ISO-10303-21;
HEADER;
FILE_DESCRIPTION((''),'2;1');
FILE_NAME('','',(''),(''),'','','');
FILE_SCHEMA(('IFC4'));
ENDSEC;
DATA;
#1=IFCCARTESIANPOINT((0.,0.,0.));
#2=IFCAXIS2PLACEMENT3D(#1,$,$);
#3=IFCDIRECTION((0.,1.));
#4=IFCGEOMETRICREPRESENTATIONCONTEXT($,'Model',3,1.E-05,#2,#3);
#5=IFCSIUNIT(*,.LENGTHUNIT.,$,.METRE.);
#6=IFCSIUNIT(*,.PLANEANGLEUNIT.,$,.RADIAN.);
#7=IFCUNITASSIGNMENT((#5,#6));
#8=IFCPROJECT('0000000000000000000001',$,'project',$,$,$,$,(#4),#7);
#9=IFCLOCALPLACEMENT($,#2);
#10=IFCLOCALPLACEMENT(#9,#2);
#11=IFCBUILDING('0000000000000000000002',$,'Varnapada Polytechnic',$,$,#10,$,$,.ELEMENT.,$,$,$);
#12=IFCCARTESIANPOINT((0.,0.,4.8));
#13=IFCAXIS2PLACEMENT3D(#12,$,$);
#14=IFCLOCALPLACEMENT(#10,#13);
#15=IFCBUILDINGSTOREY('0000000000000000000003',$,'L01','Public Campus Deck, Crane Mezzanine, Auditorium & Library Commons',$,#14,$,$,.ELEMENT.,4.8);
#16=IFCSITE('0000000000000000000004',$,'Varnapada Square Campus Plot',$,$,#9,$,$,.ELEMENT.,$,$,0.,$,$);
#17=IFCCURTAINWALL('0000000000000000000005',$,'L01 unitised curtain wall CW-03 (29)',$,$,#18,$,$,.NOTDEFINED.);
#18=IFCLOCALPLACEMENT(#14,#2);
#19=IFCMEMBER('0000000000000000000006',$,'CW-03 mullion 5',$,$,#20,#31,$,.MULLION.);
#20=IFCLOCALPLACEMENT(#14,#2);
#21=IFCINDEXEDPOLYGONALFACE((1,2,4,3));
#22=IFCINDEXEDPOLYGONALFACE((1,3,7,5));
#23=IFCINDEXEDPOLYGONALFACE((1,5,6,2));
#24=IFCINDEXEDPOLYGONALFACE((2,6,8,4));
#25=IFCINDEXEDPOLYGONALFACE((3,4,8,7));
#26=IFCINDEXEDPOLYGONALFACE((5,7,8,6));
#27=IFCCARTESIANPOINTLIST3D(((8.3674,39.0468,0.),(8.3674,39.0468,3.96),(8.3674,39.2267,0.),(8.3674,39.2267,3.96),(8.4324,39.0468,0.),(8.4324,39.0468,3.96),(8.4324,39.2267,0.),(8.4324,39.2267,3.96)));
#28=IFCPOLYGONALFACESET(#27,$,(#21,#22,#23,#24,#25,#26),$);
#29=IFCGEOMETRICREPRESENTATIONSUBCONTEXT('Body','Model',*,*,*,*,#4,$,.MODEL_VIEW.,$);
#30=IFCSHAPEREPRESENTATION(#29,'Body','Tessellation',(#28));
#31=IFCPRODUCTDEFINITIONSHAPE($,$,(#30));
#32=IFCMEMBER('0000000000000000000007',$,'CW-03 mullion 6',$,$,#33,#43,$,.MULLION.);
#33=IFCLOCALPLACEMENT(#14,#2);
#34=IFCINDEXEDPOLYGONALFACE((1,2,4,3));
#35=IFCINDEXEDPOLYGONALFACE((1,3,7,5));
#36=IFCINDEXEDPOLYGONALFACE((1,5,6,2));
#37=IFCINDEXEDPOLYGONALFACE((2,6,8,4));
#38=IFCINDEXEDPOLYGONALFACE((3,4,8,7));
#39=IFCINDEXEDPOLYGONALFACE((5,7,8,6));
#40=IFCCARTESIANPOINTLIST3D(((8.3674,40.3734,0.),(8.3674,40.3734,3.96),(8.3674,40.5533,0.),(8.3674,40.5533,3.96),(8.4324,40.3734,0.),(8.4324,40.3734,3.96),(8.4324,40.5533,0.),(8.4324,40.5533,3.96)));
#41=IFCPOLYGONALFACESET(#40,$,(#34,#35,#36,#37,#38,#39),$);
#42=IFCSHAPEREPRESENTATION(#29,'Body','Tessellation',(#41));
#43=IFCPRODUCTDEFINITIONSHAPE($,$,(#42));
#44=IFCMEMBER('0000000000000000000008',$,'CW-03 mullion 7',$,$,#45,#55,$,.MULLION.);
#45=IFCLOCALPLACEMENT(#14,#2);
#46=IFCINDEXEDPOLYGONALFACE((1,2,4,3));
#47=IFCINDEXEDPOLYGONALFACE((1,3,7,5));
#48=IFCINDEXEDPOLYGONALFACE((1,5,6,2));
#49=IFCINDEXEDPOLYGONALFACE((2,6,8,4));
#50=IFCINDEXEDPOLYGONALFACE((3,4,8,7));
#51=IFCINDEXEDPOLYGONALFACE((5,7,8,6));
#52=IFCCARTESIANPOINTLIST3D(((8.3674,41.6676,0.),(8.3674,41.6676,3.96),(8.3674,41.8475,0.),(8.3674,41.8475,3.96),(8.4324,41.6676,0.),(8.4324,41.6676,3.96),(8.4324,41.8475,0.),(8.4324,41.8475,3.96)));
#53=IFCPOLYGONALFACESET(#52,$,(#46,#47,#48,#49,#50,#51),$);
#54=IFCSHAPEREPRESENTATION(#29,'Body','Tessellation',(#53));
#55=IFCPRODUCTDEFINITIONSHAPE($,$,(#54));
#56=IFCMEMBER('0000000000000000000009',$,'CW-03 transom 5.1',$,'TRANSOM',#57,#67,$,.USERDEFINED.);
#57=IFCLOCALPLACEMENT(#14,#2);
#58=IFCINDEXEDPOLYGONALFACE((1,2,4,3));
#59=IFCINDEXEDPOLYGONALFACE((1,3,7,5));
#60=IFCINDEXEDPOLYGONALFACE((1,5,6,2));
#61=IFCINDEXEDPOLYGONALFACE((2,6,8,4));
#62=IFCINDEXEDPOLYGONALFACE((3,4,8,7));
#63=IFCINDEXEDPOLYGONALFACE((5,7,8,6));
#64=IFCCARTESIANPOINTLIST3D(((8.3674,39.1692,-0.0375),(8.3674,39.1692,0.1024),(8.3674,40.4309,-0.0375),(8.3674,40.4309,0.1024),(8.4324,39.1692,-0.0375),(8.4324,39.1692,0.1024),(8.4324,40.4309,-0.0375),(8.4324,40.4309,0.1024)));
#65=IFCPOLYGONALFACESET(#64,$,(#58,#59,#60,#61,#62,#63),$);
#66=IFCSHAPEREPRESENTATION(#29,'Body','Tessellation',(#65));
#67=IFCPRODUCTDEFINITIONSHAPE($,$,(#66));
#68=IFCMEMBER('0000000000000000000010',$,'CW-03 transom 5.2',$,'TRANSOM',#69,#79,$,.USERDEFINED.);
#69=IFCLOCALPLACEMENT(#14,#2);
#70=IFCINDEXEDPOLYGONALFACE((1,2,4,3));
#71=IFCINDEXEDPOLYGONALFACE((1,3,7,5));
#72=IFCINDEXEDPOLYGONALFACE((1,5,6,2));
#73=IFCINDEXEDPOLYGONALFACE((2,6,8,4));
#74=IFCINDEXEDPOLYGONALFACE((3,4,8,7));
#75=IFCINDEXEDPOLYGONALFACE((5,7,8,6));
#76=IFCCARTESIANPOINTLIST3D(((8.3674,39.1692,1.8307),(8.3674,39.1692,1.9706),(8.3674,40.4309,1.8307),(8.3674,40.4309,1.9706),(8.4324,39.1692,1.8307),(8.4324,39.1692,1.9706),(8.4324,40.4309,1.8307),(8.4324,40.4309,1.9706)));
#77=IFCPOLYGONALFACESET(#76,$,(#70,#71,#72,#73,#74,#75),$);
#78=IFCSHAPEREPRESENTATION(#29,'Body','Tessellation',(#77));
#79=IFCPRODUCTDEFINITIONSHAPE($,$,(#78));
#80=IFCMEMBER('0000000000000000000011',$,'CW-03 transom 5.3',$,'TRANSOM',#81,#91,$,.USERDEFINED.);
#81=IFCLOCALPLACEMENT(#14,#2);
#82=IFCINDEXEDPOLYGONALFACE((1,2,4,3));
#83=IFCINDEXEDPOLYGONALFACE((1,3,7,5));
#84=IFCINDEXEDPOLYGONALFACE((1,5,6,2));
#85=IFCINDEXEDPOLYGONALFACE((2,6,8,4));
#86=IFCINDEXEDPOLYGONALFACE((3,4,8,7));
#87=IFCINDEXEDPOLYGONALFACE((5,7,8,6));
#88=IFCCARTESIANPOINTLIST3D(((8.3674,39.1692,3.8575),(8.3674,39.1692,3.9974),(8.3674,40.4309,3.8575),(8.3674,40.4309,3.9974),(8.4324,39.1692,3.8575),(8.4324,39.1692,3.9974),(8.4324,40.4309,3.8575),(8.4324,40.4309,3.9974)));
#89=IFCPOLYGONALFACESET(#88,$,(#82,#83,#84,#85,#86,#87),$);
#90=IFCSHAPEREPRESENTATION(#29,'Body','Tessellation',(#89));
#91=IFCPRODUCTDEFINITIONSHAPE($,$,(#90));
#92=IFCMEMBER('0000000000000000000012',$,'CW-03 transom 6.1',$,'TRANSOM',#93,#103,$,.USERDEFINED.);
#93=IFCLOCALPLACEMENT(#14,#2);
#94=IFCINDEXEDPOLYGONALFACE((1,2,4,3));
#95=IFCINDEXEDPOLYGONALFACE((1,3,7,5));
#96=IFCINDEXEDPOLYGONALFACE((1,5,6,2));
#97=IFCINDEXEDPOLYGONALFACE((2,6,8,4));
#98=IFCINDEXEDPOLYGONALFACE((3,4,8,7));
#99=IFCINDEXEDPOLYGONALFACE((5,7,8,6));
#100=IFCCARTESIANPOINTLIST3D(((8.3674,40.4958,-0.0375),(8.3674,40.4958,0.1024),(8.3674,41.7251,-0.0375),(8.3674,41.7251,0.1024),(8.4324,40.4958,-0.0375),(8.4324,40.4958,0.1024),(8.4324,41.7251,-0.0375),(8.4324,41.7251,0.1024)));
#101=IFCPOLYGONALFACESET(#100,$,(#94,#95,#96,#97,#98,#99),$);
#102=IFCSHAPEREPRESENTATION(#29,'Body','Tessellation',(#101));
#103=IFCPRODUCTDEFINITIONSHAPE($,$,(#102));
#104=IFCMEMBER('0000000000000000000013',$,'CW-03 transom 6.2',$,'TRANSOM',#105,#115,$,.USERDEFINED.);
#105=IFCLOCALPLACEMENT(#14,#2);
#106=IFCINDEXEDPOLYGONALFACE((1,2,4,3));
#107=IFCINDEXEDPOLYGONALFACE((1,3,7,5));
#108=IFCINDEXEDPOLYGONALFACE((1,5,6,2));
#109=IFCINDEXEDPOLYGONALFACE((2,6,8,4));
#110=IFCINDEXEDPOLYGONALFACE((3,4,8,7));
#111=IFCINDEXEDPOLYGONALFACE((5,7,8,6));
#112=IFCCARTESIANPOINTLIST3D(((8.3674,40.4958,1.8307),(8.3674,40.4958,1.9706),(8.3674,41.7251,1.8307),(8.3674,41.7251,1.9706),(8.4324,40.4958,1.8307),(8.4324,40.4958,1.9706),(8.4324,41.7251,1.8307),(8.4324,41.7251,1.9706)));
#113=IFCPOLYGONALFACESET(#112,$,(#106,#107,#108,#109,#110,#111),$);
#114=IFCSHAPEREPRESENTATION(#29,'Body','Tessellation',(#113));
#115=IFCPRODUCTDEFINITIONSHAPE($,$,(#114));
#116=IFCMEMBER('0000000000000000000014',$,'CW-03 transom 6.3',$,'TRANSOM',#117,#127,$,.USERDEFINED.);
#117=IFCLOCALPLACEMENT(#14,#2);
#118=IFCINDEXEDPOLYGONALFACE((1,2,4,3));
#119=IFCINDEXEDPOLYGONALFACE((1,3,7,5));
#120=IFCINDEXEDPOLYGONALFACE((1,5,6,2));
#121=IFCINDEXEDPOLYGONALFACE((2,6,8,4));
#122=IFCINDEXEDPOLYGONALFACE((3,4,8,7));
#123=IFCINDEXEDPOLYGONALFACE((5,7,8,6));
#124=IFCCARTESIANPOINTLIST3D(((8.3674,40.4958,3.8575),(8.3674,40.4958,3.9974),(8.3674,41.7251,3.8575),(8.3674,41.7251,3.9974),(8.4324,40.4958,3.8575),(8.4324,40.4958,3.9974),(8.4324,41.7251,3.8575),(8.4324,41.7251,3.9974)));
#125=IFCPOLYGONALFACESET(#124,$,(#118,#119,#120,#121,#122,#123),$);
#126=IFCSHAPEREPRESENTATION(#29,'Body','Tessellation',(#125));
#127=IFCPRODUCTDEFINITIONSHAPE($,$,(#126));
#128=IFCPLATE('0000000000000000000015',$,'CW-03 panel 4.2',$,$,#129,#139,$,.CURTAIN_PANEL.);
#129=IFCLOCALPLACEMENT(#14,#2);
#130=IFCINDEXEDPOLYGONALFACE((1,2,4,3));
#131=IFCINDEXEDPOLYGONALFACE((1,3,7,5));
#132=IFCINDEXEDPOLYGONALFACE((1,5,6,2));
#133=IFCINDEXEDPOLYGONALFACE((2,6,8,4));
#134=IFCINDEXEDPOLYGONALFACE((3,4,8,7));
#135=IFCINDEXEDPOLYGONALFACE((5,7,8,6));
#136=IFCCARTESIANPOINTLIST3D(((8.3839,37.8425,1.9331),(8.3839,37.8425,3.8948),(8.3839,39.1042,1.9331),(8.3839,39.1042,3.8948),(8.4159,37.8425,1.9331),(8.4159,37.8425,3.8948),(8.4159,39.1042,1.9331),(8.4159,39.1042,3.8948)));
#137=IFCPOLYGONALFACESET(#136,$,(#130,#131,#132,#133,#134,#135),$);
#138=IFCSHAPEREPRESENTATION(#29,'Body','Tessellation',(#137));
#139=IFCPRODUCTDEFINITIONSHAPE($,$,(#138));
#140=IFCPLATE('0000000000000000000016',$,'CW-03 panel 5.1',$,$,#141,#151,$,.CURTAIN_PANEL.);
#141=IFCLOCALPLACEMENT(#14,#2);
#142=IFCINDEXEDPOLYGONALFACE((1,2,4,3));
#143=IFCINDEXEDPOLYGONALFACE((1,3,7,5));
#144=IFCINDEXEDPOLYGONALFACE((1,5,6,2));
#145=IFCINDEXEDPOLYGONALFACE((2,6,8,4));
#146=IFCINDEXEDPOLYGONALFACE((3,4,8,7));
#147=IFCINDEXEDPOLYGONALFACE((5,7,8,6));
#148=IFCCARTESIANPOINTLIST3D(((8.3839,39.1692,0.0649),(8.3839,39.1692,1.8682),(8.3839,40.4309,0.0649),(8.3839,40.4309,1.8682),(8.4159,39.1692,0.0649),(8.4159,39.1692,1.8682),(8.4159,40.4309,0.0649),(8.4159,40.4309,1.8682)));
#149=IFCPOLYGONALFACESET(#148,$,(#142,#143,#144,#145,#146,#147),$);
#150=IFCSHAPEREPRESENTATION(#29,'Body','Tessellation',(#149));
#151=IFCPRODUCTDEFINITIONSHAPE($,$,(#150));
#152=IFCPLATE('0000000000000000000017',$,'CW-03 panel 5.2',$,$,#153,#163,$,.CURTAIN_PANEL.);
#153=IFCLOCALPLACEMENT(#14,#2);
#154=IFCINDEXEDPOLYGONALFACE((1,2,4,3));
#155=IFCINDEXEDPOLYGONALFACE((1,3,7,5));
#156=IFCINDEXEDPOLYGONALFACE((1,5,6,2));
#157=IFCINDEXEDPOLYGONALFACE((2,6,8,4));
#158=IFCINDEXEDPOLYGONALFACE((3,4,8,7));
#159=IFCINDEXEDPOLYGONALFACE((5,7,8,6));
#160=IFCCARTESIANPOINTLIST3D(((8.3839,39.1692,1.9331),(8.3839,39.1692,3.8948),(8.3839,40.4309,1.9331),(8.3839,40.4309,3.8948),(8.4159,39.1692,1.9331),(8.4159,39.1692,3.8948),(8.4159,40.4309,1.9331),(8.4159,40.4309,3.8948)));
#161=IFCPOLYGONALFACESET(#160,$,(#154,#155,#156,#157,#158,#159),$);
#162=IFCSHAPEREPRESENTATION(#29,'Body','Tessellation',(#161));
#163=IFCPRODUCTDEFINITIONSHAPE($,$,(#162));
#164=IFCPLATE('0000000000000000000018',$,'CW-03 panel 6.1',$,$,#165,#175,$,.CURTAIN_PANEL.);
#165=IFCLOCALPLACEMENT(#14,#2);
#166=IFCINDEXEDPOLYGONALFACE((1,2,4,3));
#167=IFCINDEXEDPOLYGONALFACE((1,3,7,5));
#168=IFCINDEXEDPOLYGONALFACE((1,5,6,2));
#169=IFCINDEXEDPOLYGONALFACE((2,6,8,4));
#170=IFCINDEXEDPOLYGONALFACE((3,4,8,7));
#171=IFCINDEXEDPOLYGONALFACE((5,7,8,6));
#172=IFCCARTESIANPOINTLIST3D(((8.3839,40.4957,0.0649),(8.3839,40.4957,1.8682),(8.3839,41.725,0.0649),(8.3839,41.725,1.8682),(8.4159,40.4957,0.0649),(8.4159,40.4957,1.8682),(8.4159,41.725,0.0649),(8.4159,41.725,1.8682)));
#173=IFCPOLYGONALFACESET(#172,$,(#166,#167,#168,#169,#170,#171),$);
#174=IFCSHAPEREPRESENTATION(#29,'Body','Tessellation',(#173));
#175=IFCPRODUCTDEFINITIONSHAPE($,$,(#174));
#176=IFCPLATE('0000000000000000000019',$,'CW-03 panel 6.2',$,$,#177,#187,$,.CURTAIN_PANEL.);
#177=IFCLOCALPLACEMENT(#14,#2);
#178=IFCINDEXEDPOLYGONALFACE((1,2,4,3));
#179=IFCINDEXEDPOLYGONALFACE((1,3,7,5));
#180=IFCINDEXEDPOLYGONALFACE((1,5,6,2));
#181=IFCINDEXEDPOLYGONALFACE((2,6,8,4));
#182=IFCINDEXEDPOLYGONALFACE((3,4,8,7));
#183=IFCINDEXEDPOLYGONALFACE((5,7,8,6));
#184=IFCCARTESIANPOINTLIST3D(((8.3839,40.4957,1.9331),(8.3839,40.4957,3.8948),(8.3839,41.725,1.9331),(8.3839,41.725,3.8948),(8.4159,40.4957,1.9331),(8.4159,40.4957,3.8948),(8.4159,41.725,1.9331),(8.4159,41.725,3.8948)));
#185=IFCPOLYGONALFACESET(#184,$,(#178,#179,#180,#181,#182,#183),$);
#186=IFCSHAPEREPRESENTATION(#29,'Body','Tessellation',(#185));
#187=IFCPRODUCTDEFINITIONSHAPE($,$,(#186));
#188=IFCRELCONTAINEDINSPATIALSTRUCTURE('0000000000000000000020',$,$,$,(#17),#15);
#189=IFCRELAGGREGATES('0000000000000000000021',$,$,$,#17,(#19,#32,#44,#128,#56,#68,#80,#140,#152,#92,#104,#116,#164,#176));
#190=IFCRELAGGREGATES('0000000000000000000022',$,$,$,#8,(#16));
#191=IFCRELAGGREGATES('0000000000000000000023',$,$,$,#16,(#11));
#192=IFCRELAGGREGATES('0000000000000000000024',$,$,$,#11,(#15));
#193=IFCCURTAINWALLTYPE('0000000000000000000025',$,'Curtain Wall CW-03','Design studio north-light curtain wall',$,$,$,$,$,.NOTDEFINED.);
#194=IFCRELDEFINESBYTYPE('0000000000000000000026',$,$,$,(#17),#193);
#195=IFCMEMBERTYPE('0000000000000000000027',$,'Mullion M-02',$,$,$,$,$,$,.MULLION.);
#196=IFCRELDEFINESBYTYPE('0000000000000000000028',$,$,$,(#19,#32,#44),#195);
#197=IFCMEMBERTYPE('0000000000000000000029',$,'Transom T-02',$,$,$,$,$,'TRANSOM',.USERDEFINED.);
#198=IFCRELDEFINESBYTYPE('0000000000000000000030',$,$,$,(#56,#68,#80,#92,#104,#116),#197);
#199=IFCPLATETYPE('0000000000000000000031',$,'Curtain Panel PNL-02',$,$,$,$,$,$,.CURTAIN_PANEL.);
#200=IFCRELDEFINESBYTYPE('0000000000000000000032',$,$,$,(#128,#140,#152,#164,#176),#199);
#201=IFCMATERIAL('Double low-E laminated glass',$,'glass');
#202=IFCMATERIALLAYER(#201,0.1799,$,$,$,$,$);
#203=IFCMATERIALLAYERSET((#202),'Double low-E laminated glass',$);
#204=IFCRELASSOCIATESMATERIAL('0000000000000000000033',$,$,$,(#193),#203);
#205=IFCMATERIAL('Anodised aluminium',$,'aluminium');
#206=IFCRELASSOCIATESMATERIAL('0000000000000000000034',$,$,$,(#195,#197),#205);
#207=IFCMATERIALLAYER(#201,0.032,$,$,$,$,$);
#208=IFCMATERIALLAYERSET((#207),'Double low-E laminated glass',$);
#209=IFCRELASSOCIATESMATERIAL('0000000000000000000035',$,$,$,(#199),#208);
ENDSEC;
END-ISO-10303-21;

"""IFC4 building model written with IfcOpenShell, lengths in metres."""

from ifc_helpers import new_model, si_unit, direction, frame, origin, origin_2d, place, context, subcontext, project, spatial, rectangle, extrude, material, layer, layer_set, material_profile, profile_set, type_object, element, aggregate, save


model = new_model("IFC4")

# Units and contexts
model_context = context("Model", 3, precision=1e-05, world=origin(), true_north=direction((0.0, 1.0)))
body_context = subcontext(model_context, "Body", "Model", "MODEL_VIEW")
ifc_project = project(units=[si_unit("LENGTHUNIT", "METRE"), si_unit("PLANEANGLEUNIT", "RADIAN")], contexts=[model_context])

# Site, building, storey
site_placement = place(None, origin())
site = spatial("IfcSite", under=ifc_project, at=site_placement, Name="Varnapada Square Campus Plot", CompositionType="ELEMENT", RefElevation=0.0)
building_placement = place(site_placement, origin())
building = spatial("IfcBuilding", under=site, at=building_placement, Name="Varnapada Polytechnic", CompositionType="ELEMENT")
storey_placement = place(building_placement, frame((0.0, 0.0, 4.8)))
storey = spatial("IfcBuildingStorey", under=building, at=storey_placement, Name="L01", Description="Public Campus Deck, Crane Mezzanine, Auditorium & Library Commons", CompositionType="ELEMENT", Elevation=4.8)

# Curtain wall, members, plates
ifc_material_1 = material(Name="Double low-E laminated glass", Category="glass")
ifc_layer_1 = layer(ifc_material_1, 0.1799)
ifc_layer_set_1 = layer_set([ifc_layer_1], Name="Double low-E laminated glass")
curtain_wall_type = type_object("IfcCurtainWallType", Name="Curtain Wall CW-03", Description="Design studio north-light curtain wall", PredefinedType="NOTDEFINED", material=ifc_layer_set_1)
curtain_wall_placement = place(storey_placement, origin())
curtain_wall = element("IfcCurtainWall", 1, at=curtain_wall_placement, inside=storey, type_object=curtain_wall_type, Name="L01 unitised curtain wall CW-03 (29)", PredefinedType="NOTDEFINED")
ifc_material_2 = material(Name="Anodised aluminium", Category="aluminium")
ifc_material_profile_1 = material_profile(ifc_material_2, rectangle(XDim=0.0649, YDim=0.1799, at=origin_2d()), Name="ALU M65x180")
ifc_profile_set_1 = profile_set([ifc_material_profile_1], Name="Anodised aluminium")
member_type_1 = type_object("IfcMemberType", Name="Mullion M-02", PredefinedType="MULLION", material=ifc_profile_set_1)
member_1_placement = place(storey_placement, frame((8.3999, 39.1367, 0.0), z_axis=(0.0, 0.0, 1.0), x_axis=(-1.0, 0.0, 0.0)))
member_1 = element("IfcMember", 2, at=member_1_placement, type_object=member_type_1, Name="CW-03 mullion 5", PredefinedType="MULLION", context=body_context, shape_type="SweptSolid", body=[
    extrude(rectangle(XDim=0.0649, YDim=0.1799, at=origin_2d()), origin(), (0.0, 0.0, 1.0), 3.96),
])
member_2_placement = place(storey_placement, frame((8.3999, 40.4634, 0.0), z_axis=(0.0, 0.0, 1.0), x_axis=(-1.0, 0.0, 0.0)))
member_2 = element("IfcMember", 3, at=member_2_placement, type_object=member_type_1, Name="CW-03 mullion 6", PredefinedType="MULLION", context=body_context, shape_type="SweptSolid", body=[
    extrude(rectangle(XDim=0.0649, YDim=0.1799, at=origin_2d()), origin(), (0.0, 0.0, 1.0), 3.96),
])
member_3_placement = place(storey_placement, frame((8.3999, 41.7576, 0.0), z_axis=(0.0, 0.0, 1.0), x_axis=(-1.0, 0.0, 0.0)))
member_3 = element("IfcMember", 4, at=member_3_placement, type_object=member_type_1, Name="CW-03 mullion 7", PredefinedType="MULLION", context=body_context, shape_type="SweptSolid", body=[
    extrude(rectangle(XDim=0.0649, YDim=0.1799, at=origin_2d()), origin(), (0.0, 0.0, 1.0), 3.96),
])
ifc_material_profile_2 = material_profile(ifc_material_2, rectangle(XDim=0.0649, YDim=0.1399, at=origin_2d()), Name="ALU T65x140")
ifc_profile_set_2 = profile_set([ifc_material_profile_2], Name="Anodised aluminium")
member_type_2 = type_object("IfcMemberType", Name="Transom T-02", ElementType="TRANSOM", PredefinedType="USERDEFINED", material=ifc_profile_set_2)
member_4_placement = place(storey_placement, frame((8.3999, 39.1692, 0.0325), z_axis=(0.0, 1.0, 0.0), x_axis=(-1.0, 0.0, 0.0)))
member_4 = element("IfcMember", 5, at=member_4_placement, type_object=member_type_2, Name="CW-03 transom 5.1", ObjectType="TRANSOM", PredefinedType="USERDEFINED", context=body_context, shape_type="SweptSolid", body=[
    extrude(rectangle(XDim=0.0649, YDim=0.1399, at=origin_2d()), origin(), (0.0, 0.0, 1.0), 1.2617),
])
member_5_placement = place(storey_placement, frame((8.3999, 39.1692, 1.9006), z_axis=(0.0, 1.0, 0.0), x_axis=(-1.0, 0.0, 0.0)))
member_5 = element("IfcMember", 6, at=member_5_placement, type_object=member_type_2, Name="CW-03 transom 5.2", ObjectType="TRANSOM", PredefinedType="USERDEFINED", context=body_context, shape_type="SweptSolid", body=[
    extrude(rectangle(XDim=0.0649, YDim=0.1399, at=origin_2d()), origin(), (0.0, 0.0, 1.0), 1.2617),
])
member_6_placement = place(storey_placement, frame((8.3999, 39.1692, 3.9275), z_axis=(0.0, 1.0, 0.0), x_axis=(-1.0, 0.0, 0.0)))
member_6 = element("IfcMember", 7, at=member_6_placement, type_object=member_type_2, Name="CW-03 transom 5.3", ObjectType="TRANSOM", PredefinedType="USERDEFINED", context=body_context, shape_type="SweptSolid", body=[
    extrude(rectangle(XDim=0.0649, YDim=0.1399, at=origin_2d()), origin(), (0.0, 0.0, 1.0), 1.2617),
])
member_7_placement = place(storey_placement, frame((8.3999, 40.4958, 0.0325), z_axis=(0.0, 1.0, 0.0), x_axis=(-1.0, 0.0, 0.0)))
member_7 = element("IfcMember", 8, at=member_7_placement, type_object=member_type_2, Name="CW-03 transom 6.1", ObjectType="TRANSOM", PredefinedType="USERDEFINED", context=body_context, shape_type="SweptSolid", body=[
    extrude(rectangle(XDim=0.0649, YDim=0.1399, at=origin_2d()), origin(), (0.0, 0.0, 1.0), 1.2292),
])
member_8_placement = place(storey_placement, frame((8.3999, 40.4958, 1.9006), z_axis=(0.0, 1.0, 0.0), x_axis=(-1.0, 0.0, 0.0)))
member_8 = element("IfcMember", 9, at=member_8_placement, type_object=member_type_2, Name="CW-03 transom 6.2", ObjectType="TRANSOM", PredefinedType="USERDEFINED", context=body_context, shape_type="SweptSolid", body=[
    extrude(rectangle(XDim=0.0649, YDim=0.1399, at=origin_2d()), origin(), (0.0, 0.0, 1.0), 1.2292),
])
member_9_placement = place(storey_placement, frame((8.3999, 40.4958, 3.9275), z_axis=(0.0, 1.0, 0.0), x_axis=(-1.0, 0.0, 0.0)))
member_9 = element("IfcMember", 10, at=member_9_placement, type_object=member_type_2, Name="CW-03 transom 6.3", ObjectType="TRANSOM", PredefinedType="USERDEFINED", context=body_context, shape_type="SweptSolid", body=[
    extrude(rectangle(XDim=0.0649, YDim=0.1399, at=origin_2d()), origin(), (0.0, 0.0, 1.0), 1.2292),
])
ifc_layer_2 = layer(ifc_material_1, 0.032)
ifc_layer_set_2 = layer_set([ifc_layer_2], Name="Double low-E laminated glass")
plate_type = type_object("IfcPlateType", Name="Curtain Panel PNL-02", PredefinedType="CURTAIN_PANEL", material=ifc_layer_set_2)
plate_1_placement = place(storey_placement, frame((8.3999, 38.4734, 1.9331), z_axis=(0.0, 0.0, 1.0), x_axis=(0.0, 1.0, 0.0)))
plate_1 = element("IfcPlate", 11, at=plate_1_placement, type_object=plate_type, Name="CW-03 panel 4.2", PredefinedType="CURTAIN_PANEL", context=body_context, shape_type="SweptSolid", body=[
    extrude(rectangle(XDim=1.2617, YDim=0.032, at=origin_2d()), origin(), (0.0, 0.0, 1.0), 1.9617),
])
plate_2_placement = place(storey_placement, frame((8.3999, 39.8, 0.0649), z_axis=(0.0, 0.0, 1.0), x_axis=(0.0, 1.0, 0.0)))
plate_2 = element("IfcPlate", 12, at=plate_2_placement, type_object=plate_type, Name="CW-03 panel 5.1", PredefinedType="CURTAIN_PANEL", context=body_context, shape_type="SweptSolid", body=[
    extrude(rectangle(XDim=1.2617, YDim=0.032, at=origin_2d()), origin(), (0.0, 0.0, 1.0), 1.8032),
])
plate_3_placement = place(storey_placement, frame((8.3999, 39.8, 1.9331), z_axis=(0.0, 0.0, 1.0), x_axis=(0.0, 1.0, 0.0)))
plate_3 = element("IfcPlate", 13, at=plate_3_placement, type_object=plate_type, Name="CW-03 panel 5.2", PredefinedType="CURTAIN_PANEL", context=body_context, shape_type="SweptSolid", body=[
    extrude(rectangle(XDim=1.2617, YDim=0.032, at=origin_2d()), origin(), (0.0, 0.0, 1.0), 1.9617),
])
plate_4_placement = place(storey_placement, frame((8.3999, 41.1104, 0.0649), z_axis=(0.0, 0.0, 1.0), x_axis=(0.0, 1.0, 0.0)))
plate_4 = element("IfcPlate", 14, at=plate_4_placement, type_object=plate_type, Name="CW-03 panel 6.1", PredefinedType="CURTAIN_PANEL", context=body_context, shape_type="SweptSolid", body=[
    extrude(rectangle(XDim=1.2292, YDim=0.032, at=origin_2d()), origin(), (0.0, 0.0, 1.0), 1.8032),
])
plate_5_placement = place(storey_placement, frame((8.3999, 41.1104, 1.9331), z_axis=(0.0, 0.0, 1.0), x_axis=(0.0, 1.0, 0.0)))
plate_5 = element("IfcPlate", 15, at=plate_5_placement, type_object=plate_type, Name="CW-03 panel 6.2", PredefinedType="CURTAIN_PANEL", context=body_context, shape_type="SweptSolid", body=[
    extrude(rectangle(XDim=1.2292, YDim=0.032, at=origin_2d()), origin(), (0.0, 0.0, 1.0), 1.9617),
])
aggregate(curtain_wall, [member_1, member_2, member_3, plate_1, member_4, member_5, member_6, plate_2, plate_3, member_7, member_8, member_9, plate_4, plate_5])

save(model, "model.ifc")
